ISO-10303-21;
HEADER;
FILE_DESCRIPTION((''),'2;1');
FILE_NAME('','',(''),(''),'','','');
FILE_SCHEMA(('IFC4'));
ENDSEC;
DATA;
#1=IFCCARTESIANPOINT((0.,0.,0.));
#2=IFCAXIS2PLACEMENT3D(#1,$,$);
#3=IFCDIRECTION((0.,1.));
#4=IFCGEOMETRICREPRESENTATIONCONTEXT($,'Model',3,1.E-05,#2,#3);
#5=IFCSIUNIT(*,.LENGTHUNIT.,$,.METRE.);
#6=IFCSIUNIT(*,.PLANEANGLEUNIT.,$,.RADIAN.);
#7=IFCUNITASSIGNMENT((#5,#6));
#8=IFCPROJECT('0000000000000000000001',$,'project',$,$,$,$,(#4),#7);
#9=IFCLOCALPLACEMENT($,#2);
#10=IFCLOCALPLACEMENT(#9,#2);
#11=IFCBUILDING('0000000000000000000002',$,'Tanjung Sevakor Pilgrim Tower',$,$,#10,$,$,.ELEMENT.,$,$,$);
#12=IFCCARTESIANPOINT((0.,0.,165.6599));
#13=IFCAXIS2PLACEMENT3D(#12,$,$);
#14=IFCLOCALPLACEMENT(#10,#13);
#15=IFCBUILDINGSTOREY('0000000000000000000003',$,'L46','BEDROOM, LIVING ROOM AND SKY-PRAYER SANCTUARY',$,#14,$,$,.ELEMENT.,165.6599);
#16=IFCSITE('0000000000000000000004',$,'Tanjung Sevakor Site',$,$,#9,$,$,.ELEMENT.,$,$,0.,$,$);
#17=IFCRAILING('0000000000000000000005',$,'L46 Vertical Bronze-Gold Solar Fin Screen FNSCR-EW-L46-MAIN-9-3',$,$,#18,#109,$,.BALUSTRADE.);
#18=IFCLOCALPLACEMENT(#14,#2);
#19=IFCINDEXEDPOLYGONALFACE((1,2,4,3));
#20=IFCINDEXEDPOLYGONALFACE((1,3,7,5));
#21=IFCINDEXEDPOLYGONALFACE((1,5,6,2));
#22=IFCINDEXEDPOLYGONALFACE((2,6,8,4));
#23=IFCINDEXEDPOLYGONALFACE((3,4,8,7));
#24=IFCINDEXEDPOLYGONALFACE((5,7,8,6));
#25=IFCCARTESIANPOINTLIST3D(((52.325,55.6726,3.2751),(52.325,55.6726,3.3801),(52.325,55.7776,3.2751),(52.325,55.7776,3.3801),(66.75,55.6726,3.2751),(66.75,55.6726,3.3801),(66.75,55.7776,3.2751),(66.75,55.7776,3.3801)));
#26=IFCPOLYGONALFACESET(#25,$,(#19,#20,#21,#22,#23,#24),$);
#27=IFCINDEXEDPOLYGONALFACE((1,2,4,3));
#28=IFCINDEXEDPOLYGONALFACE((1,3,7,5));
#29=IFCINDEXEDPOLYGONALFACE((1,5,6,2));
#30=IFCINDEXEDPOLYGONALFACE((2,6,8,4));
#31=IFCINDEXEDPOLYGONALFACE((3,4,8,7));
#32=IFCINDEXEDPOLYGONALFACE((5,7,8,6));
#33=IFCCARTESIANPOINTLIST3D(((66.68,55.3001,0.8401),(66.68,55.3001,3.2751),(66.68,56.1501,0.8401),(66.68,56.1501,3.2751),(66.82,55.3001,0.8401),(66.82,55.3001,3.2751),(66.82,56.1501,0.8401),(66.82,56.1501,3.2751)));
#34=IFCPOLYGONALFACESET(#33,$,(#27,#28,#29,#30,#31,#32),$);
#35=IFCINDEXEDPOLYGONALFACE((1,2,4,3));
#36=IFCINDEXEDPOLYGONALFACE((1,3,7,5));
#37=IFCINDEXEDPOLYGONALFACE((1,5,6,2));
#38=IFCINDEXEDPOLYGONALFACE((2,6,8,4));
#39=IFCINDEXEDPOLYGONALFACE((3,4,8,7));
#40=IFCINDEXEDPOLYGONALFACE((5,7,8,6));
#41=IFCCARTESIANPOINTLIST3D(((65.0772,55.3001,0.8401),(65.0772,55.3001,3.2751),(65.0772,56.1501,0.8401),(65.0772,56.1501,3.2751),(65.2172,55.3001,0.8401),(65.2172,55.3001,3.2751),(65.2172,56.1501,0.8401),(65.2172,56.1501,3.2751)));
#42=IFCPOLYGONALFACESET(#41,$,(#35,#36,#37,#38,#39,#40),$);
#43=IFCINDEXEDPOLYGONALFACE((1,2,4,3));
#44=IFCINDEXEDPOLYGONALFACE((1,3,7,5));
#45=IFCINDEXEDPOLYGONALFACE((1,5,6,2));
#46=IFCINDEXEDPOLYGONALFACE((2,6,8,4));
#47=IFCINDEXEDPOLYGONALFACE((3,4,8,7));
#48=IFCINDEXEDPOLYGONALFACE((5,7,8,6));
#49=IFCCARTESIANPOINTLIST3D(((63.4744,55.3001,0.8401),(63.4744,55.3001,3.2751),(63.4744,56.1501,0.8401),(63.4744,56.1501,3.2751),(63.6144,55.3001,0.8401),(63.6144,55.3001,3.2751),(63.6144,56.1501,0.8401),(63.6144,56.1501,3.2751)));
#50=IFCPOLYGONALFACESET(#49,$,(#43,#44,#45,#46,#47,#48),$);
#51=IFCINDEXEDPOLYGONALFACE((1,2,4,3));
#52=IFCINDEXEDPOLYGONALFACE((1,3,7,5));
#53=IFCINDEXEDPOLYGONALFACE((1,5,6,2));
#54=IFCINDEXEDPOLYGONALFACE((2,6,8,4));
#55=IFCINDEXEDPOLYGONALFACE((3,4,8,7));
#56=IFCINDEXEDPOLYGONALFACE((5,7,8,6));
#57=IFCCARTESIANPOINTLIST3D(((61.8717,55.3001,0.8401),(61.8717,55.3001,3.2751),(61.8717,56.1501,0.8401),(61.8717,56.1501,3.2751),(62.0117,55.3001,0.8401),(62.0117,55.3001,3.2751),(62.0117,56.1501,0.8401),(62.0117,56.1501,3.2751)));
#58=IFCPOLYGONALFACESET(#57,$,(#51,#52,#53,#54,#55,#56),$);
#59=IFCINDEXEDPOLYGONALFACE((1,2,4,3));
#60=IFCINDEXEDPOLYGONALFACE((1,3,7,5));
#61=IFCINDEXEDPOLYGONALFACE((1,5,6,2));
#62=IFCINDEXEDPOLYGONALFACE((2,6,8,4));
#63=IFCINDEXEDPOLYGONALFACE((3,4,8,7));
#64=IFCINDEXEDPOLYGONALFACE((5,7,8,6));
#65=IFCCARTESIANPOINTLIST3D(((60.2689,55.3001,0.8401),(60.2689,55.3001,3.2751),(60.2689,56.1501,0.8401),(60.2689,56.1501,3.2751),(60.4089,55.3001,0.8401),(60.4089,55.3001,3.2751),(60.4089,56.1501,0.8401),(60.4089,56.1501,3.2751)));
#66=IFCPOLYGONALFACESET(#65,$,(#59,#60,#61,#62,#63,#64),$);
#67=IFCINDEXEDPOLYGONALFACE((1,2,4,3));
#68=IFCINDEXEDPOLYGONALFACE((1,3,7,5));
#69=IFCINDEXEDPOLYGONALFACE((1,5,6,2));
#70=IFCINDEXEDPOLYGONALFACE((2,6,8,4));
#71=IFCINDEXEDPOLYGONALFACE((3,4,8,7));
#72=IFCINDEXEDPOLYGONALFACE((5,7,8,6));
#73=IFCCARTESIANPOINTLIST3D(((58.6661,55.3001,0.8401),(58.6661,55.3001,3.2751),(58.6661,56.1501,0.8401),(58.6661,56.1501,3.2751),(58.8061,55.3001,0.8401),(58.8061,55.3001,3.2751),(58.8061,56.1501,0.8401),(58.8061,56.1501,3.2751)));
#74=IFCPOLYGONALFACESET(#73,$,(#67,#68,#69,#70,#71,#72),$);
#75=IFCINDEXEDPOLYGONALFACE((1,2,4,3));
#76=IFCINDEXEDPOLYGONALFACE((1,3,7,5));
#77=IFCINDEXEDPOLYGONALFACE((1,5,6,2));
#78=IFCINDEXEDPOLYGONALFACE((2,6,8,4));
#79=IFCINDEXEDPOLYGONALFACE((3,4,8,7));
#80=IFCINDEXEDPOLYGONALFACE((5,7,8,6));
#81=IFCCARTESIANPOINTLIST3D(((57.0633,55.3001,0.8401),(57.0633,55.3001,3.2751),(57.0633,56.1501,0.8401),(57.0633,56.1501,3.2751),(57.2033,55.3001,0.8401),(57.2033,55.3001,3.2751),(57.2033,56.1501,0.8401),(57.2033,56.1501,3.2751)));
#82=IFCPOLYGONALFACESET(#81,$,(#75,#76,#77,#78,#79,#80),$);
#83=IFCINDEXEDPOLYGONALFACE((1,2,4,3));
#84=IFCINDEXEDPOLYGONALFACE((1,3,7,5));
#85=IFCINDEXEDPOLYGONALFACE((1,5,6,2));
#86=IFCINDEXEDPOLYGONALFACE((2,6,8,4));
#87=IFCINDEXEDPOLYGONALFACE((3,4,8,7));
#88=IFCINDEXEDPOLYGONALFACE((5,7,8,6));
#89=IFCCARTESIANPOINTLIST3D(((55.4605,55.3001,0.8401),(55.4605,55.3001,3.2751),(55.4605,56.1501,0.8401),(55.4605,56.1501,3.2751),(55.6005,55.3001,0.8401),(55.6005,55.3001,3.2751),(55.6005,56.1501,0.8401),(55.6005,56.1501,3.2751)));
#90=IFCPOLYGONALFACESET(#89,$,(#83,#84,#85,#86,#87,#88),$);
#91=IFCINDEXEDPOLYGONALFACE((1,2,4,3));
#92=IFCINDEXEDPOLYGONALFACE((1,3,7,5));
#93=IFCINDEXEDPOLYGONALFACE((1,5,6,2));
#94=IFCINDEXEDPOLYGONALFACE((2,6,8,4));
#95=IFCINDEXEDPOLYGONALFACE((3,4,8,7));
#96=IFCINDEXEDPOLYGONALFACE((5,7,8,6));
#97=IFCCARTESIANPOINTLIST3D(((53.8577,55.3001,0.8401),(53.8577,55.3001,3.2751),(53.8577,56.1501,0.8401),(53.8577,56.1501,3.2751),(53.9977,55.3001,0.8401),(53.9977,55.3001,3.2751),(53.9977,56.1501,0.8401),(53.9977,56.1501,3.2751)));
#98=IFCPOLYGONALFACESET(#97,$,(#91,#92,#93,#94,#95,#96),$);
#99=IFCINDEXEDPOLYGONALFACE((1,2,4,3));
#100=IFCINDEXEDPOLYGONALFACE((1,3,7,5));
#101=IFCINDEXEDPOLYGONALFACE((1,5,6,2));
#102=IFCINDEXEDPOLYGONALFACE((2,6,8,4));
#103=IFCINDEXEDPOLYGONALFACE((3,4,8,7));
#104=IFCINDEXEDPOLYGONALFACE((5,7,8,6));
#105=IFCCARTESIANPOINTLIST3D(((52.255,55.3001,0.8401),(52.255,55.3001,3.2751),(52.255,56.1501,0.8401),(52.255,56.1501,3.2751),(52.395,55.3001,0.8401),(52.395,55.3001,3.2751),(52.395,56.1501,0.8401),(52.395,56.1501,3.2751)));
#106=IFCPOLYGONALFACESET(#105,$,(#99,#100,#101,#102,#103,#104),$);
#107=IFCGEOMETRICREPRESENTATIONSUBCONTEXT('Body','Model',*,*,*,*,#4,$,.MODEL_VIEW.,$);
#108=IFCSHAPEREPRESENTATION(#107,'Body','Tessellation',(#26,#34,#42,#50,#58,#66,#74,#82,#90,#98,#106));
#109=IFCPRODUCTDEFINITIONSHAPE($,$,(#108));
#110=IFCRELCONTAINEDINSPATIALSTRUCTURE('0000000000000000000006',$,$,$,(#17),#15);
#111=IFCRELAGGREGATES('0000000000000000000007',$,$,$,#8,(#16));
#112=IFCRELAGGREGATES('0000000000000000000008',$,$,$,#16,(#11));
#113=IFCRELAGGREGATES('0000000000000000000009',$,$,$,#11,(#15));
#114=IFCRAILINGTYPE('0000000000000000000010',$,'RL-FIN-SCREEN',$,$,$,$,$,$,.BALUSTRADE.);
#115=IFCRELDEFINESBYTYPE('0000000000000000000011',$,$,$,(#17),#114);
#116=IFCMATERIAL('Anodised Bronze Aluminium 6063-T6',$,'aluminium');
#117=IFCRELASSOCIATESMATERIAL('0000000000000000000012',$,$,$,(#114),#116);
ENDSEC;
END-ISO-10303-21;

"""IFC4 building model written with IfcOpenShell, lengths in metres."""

from ifc_helpers import new_model, si_unit, direction, frame, origin, place, context, subcontext, project, spatial, rectangle, extrude, material, type_object, element, save


model = new_model("IFC4")

# Units and contexts
model_context = context("Model", 3, precision=1e-05, world=origin(), true_north=direction((0.0, 1.0)))
body_context = subcontext(model_context, "Body", "Model", "MODEL_VIEW")
ifc_project = project(units=[si_unit("LENGTHUNIT", "METRE"), si_unit("PLANEANGLEUNIT", "RADIAN")], contexts=[model_context])

# Site, building, storey
site_placement = place(None, origin())
site = spatial("IfcSite", under=ifc_project, at=site_placement, Name="Tanjung Sevakor Site", CompositionType="ELEMENT", RefElevation=0.0)
building_placement = place(site_placement, origin())
building = spatial("IfcBuilding", under=site, at=building_placement, Name="Tanjung Sevakor Pilgrim Tower", CompositionType="ELEMENT")
storey_placement = place(building_placement, frame((0.0, 0.0, 165.6599)))
storey = spatial("IfcBuildingStorey", under=building, at=storey_placement, Name="L46", Description="BEDROOM, LIVING ROOM AND SKY-PRAYER SANCTUARY", CompositionType="ELEMENT", Elevation=165.6599)

# Railing
ifc_material_1 = material(Name="Anodised Bronze Aluminium 6063-T6", Category="aluminium")
railing_type_1 = type_object("IfcRailingType", Name="RL-FIN-SCREEN", PredefinedType="BALUSTRADE", material=ifc_material_1)
railing_1_placement = place(storey_placement, frame((66.75, 55.7251, 0.8401)))
element("IfcRailing", 1, at=railing_1_placement, inside=storey, type_object=railing_type_1, Name="L46 Vertical Bronze-Gold Solar Fin Screen FNSCR-EW-L46-MAIN-9-3", PredefinedType="BALUSTRADE", context=body_context, shape_type="SweptSolid", body=[
    extrude(rectangle(XDim=0.105, YDim=0.105), frame((0.0, 0.0, 2.4875), z_axis=(-1.0, 0.0, 0.0), x_axis=(0.0, -1.0, 0.0)), (0.0, 0.0, 1.0), 14.425),
    extrude(rectangle(XDim=0.14, YDim=0.85), origin(), (0.0, 0.0, 1.0), 2.4351),
    extrude(rectangle(XDim=0.14, YDim=0.85), frame((-1.6028, 0.0, 0.0)), (0.0, 0.0, 1.0), 2.4351),
    extrude(rectangle(XDim=0.14, YDim=0.85), frame((-3.2056, 0.0, 0.0)), (0.0, 0.0, 1.0), 2.4351),
    extrude(rectangle(XDim=0.14, YDim=0.85), frame((-4.8083, 0.0, 0.0)), (0.0, 0.0, 1.0), 2.4351),
    extrude(rectangle(XDim=0.14, YDim=0.85), frame((-6.4111, 0.0, 0.0)), (0.0, 0.0, 1.0), 2.4351),
    extrude(rectangle(XDim=0.14, YDim=0.85), frame((-8.0139, 0.0, 0.0)), (0.0, 0.0, 1.0), 2.4351),
    extrude(rectangle(XDim=0.14, YDim=0.85), frame((-9.6167, 0.0, 0.0)), (0.0, 0.0, 1.0), 2.4351),
    extrude(rectangle(XDim=0.14, YDim=0.85), frame((-11.2195, 0.0, 0.0)), (0.0, 0.0, 1.0), 2.4351),
    extrude(rectangle(XDim=0.14, YDim=0.85), frame((-12.8223, 0.0, 0.0)), (0.0, 0.0, 1.0), 2.4351),
    extrude(rectangle(XDim=0.14, YDim=0.85), frame((-14.425, 0.0, 0.0)), (0.0, 0.0, 1.0), 2.4351),
])

save(model, "model.ifc")
